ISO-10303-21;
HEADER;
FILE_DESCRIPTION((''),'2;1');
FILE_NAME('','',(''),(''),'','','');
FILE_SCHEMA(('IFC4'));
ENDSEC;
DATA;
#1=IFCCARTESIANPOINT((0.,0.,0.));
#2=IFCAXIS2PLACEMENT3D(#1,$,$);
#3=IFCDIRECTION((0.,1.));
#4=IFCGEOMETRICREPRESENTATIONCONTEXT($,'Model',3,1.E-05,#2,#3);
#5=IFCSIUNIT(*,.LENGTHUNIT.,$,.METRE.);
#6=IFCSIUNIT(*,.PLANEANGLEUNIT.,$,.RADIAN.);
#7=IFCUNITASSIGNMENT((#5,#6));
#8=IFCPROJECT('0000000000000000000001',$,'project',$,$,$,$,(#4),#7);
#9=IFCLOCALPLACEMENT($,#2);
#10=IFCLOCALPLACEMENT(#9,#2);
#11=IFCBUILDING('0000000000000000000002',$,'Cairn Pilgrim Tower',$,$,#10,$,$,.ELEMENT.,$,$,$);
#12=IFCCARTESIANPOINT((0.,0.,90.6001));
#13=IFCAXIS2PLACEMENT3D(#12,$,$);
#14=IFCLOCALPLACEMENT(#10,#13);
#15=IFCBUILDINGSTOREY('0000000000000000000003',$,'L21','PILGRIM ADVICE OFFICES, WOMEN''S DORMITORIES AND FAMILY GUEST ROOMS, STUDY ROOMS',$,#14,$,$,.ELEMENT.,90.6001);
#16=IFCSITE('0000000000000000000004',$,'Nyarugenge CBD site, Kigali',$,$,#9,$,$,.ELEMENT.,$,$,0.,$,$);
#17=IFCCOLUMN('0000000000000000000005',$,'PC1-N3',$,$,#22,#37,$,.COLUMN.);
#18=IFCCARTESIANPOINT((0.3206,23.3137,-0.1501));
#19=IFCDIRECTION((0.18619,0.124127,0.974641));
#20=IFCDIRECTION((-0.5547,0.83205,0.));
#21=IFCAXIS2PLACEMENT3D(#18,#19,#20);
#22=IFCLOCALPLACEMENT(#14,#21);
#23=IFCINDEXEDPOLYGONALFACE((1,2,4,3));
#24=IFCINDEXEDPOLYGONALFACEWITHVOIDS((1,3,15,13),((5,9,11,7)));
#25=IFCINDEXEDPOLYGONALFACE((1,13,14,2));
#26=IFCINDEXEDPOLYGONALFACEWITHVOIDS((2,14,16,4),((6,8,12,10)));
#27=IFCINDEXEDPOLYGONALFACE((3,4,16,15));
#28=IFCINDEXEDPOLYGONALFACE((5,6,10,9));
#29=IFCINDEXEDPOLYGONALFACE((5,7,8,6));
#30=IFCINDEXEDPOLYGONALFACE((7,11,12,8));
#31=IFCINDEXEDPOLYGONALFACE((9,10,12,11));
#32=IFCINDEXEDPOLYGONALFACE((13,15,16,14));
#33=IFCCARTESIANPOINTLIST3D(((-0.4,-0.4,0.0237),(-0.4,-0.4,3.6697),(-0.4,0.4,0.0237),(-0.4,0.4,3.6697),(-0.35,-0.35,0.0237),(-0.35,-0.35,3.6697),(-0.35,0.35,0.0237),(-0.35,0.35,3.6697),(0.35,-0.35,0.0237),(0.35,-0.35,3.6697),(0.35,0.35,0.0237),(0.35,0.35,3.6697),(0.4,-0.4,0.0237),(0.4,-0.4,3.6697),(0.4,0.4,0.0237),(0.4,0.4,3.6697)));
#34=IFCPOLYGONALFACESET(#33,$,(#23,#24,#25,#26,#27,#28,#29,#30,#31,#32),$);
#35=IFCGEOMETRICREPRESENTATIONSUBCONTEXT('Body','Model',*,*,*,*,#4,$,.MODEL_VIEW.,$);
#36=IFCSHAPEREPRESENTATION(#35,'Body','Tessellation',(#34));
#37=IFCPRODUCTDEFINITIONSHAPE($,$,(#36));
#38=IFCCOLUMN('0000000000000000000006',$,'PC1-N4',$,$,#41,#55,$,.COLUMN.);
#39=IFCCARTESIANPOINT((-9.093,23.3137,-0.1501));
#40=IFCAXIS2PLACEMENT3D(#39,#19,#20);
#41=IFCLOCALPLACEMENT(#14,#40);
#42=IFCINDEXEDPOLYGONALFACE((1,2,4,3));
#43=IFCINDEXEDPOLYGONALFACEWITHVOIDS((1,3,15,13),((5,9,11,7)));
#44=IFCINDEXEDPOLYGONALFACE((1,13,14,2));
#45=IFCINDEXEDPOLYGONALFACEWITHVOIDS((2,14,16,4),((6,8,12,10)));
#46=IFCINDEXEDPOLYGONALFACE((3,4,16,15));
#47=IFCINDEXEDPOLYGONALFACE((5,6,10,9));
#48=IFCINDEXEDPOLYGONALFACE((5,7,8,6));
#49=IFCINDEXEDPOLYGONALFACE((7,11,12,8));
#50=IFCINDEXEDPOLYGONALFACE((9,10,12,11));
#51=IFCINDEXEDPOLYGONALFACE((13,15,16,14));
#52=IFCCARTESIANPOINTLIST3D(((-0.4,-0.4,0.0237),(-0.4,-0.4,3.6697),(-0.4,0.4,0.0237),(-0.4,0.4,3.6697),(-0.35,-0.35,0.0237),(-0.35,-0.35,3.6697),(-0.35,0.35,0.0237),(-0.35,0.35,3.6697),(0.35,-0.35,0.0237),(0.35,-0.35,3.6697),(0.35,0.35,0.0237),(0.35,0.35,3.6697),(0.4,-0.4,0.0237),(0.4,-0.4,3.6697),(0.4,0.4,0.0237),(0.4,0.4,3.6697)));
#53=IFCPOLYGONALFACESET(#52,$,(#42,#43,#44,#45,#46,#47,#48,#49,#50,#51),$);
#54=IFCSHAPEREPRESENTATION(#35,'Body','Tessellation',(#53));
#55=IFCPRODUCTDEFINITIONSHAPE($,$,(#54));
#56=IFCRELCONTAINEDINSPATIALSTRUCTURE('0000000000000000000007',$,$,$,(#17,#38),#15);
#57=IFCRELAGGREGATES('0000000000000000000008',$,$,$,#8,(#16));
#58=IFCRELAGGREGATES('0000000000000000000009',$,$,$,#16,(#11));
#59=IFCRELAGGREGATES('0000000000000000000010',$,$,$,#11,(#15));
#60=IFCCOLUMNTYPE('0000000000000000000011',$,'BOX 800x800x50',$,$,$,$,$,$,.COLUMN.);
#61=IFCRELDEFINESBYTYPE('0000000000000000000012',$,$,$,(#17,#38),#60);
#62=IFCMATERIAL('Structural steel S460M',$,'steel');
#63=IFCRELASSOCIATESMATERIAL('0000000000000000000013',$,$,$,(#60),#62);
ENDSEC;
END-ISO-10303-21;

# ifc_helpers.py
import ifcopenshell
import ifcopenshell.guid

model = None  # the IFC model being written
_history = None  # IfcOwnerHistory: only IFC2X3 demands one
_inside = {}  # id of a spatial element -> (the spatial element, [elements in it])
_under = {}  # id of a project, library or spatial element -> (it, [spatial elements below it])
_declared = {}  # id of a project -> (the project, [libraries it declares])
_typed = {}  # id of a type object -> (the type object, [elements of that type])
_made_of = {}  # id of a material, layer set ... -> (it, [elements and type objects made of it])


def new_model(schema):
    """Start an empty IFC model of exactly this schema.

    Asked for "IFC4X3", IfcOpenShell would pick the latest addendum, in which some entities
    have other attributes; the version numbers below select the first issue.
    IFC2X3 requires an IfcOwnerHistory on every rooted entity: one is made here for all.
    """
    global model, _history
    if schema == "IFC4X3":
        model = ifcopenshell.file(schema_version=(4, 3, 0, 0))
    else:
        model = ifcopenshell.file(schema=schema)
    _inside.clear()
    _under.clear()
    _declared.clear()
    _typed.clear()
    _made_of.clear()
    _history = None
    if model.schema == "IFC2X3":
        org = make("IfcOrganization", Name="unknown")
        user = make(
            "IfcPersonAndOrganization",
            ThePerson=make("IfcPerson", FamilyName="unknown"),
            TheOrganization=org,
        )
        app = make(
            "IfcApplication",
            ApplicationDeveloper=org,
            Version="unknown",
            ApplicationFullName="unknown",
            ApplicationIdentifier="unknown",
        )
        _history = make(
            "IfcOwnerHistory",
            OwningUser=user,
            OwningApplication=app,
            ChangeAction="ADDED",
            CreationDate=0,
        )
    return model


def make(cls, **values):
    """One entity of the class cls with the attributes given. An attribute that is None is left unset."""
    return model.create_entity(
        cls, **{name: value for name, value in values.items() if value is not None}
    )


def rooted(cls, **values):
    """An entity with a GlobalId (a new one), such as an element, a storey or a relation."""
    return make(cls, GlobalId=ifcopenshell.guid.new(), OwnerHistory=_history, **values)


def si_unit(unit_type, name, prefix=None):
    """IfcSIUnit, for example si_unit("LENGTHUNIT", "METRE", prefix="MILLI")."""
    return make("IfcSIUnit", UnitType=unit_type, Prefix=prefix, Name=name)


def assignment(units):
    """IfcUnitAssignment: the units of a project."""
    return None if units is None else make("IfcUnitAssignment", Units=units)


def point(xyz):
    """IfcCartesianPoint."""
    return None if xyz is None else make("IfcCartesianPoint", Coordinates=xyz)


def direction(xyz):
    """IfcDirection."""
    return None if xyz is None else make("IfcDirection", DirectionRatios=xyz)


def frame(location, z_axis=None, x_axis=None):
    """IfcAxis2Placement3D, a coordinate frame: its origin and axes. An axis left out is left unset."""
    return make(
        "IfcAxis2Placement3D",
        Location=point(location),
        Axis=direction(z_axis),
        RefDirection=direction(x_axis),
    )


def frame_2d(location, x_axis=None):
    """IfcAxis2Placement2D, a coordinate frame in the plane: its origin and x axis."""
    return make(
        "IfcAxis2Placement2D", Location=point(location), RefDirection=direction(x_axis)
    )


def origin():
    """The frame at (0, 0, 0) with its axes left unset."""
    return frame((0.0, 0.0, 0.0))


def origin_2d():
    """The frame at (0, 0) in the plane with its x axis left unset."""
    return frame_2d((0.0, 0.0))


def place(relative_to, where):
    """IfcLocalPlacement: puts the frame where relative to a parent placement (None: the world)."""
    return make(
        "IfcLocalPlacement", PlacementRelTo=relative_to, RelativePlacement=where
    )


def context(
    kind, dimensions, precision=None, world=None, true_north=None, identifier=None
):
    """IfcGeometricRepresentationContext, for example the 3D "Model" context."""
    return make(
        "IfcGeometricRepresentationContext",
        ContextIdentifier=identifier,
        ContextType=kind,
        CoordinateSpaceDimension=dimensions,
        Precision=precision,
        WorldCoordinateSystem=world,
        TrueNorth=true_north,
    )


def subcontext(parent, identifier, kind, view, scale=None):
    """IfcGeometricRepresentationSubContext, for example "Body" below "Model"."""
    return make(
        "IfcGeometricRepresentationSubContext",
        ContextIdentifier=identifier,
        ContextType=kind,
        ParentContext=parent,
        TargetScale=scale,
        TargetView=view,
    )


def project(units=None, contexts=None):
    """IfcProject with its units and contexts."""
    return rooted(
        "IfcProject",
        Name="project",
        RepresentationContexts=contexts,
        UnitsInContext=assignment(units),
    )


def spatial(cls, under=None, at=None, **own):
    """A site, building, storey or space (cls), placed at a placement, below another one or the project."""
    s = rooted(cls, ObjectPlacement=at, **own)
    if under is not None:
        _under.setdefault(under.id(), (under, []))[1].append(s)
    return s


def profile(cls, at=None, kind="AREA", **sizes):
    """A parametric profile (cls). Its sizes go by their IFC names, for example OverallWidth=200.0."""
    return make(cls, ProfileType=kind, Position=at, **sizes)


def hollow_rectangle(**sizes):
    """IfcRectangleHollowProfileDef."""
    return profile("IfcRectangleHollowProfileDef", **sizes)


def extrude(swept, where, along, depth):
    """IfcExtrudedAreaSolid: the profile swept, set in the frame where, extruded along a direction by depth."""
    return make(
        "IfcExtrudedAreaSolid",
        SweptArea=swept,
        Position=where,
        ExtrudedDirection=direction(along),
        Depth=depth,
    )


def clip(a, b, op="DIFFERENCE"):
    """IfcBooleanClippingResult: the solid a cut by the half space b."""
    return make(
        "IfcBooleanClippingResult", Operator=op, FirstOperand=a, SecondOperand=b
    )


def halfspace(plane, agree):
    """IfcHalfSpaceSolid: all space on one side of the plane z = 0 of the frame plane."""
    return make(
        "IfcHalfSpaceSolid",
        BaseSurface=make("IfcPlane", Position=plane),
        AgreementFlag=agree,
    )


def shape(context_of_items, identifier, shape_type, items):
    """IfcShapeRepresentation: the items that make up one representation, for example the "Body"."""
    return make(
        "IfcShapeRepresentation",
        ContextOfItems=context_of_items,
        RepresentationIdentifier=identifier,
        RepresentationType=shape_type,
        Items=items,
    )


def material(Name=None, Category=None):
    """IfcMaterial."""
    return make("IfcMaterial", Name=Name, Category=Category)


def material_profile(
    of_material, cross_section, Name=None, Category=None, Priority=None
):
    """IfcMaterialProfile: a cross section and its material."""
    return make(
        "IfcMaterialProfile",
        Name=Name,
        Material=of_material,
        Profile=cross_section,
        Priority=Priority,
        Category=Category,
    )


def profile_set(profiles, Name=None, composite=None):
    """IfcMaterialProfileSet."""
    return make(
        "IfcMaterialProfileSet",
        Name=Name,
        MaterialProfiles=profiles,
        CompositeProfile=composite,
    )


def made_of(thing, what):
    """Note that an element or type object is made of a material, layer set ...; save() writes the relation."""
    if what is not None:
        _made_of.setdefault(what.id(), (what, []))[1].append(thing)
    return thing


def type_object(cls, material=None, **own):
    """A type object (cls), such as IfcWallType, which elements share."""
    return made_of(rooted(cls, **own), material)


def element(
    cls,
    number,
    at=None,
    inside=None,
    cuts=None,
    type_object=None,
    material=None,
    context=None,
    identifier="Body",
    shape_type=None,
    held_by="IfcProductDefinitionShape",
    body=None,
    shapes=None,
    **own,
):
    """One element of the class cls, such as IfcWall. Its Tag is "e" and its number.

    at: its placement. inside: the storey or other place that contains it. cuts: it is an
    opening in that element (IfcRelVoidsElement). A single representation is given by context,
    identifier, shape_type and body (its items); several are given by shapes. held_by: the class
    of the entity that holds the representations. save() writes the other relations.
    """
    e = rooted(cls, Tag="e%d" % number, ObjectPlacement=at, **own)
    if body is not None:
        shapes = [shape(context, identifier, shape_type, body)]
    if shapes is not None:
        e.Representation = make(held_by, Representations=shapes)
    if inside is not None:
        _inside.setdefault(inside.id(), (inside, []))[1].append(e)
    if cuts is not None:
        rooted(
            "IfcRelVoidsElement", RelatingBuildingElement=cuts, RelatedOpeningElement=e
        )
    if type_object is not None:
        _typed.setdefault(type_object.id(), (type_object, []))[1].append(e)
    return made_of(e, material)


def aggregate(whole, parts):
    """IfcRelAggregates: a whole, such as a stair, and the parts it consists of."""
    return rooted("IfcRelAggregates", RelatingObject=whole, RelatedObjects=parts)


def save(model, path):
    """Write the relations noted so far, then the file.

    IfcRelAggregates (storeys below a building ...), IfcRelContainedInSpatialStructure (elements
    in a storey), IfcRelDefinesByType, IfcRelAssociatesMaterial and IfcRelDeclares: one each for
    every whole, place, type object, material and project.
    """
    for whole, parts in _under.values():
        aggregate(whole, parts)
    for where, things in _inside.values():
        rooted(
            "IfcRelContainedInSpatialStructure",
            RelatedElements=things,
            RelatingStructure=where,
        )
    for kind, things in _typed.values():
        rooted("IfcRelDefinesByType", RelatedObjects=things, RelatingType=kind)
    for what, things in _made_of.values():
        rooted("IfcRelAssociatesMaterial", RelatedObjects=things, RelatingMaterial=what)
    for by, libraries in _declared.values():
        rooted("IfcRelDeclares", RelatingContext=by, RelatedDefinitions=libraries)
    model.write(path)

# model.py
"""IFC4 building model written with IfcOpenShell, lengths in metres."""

from ifc_helpers import new_model, si_unit, direction, frame, origin, origin_2d, place, context, subcontext, project, spatial, hollow_rectangle, extrude, clip, halfspace, material, material_profile, profile_set, type_object, element, save


model = new_model("IFC4")

# Units and contexts
model_context = context("Model", 3, precision=1e-05, world=origin(), true_north=direction((0.0, 1.0)))
body_context = subcontext(model_context, "Body", "Model", "MODEL_VIEW")
ifc_project = project(units=[si_unit("LENGTHUNIT", "METRE"), si_unit("PLANEANGLEUNIT", "RADIAN")], contexts=[model_context])

# Site, building, storey
site_placement = place(None, origin())
site = spatial("IfcSite", under=ifc_project, at=site_placement, Name="Nyarugenge CBD site, Kigali", CompositionType="ELEMENT", RefElevation=0.0)
building_placement = place(site_placement, origin())
building = spatial("IfcBuilding", under=site, at=building_placement, Name="Cairn Pilgrim Tower", CompositionType="ELEMENT")
storey_placement = place(building_placement, frame((0.0, 0.0, 90.6001)))
storey = spatial("IfcBuildingStorey", under=building, at=storey_placement, Name="L21", Description="PILGRIM ADVICE OFFICES, WOMEN'S DORMITORIES AND FAMILY GUEST ROOMS, STUDY ROOMS", CompositionType="ELEMENT", Elevation=90.6001)

# Columns
ifc_material_1 = material(Name="Structural steel S460M", Category="steel")
ifc_material_profile_1 = material_profile(ifc_material_1, hollow_rectangle(XDim=0.8, YDim=0.8, WallThickness=0.05, at=origin_2d()), Name="BOX 800x800x50")
ifc_profile_set_1 = profile_set([ifc_material_profile_1], Name="Structural steel S460M")
column_type_1 = type_object("IfcColumnType", Name="BOX 800x800x50", PredefinedType="COLUMN", material=ifc_profile_set_1)
for number, where, z_axis, x_axis, name in (
    (1, (0.3206, 23.3137, -0.1501), (0.18619, 0.124127, 0.974641), (-0.5547, 0.83205, 0.0), "PC1-N3"),
    (2, (-9.093, 23.3137, -0.1501), (0.18619, 0.124127, 0.974641), (-0.5547, 0.83205, 0.0), "PC1-N4"),
):
    element("IfcColumn", number, at=place(storey_placement, frame(where, z_axis=z_axis, x_axis=x_axis)), inside=storey, type_object=column_type_1, Name=name, PredefinedType="COLUMN", context=body_context, shape_type="Clipping", body=[
        clip(clip(extrude(hollow_rectangle(XDim=0.8, YDim=0.8, WallThickness=0.05, at=origin_2d()), origin(), (0.0, 0.0, 1.0), 3.6938), halfspace(frame((0.0, 0.0, 0.0237), z_axis=(0.0, 0.0, 1.0), x_axis=(1.0, 0.0, 0.0)), True)), halfspace(frame((0.0, 0.0, 3.6697), z_axis=(0.0, 0.0, 1.0), x_axis=(1.0, 0.0, 0.0)), False)),
    ])

save(model, "model.ifc")
